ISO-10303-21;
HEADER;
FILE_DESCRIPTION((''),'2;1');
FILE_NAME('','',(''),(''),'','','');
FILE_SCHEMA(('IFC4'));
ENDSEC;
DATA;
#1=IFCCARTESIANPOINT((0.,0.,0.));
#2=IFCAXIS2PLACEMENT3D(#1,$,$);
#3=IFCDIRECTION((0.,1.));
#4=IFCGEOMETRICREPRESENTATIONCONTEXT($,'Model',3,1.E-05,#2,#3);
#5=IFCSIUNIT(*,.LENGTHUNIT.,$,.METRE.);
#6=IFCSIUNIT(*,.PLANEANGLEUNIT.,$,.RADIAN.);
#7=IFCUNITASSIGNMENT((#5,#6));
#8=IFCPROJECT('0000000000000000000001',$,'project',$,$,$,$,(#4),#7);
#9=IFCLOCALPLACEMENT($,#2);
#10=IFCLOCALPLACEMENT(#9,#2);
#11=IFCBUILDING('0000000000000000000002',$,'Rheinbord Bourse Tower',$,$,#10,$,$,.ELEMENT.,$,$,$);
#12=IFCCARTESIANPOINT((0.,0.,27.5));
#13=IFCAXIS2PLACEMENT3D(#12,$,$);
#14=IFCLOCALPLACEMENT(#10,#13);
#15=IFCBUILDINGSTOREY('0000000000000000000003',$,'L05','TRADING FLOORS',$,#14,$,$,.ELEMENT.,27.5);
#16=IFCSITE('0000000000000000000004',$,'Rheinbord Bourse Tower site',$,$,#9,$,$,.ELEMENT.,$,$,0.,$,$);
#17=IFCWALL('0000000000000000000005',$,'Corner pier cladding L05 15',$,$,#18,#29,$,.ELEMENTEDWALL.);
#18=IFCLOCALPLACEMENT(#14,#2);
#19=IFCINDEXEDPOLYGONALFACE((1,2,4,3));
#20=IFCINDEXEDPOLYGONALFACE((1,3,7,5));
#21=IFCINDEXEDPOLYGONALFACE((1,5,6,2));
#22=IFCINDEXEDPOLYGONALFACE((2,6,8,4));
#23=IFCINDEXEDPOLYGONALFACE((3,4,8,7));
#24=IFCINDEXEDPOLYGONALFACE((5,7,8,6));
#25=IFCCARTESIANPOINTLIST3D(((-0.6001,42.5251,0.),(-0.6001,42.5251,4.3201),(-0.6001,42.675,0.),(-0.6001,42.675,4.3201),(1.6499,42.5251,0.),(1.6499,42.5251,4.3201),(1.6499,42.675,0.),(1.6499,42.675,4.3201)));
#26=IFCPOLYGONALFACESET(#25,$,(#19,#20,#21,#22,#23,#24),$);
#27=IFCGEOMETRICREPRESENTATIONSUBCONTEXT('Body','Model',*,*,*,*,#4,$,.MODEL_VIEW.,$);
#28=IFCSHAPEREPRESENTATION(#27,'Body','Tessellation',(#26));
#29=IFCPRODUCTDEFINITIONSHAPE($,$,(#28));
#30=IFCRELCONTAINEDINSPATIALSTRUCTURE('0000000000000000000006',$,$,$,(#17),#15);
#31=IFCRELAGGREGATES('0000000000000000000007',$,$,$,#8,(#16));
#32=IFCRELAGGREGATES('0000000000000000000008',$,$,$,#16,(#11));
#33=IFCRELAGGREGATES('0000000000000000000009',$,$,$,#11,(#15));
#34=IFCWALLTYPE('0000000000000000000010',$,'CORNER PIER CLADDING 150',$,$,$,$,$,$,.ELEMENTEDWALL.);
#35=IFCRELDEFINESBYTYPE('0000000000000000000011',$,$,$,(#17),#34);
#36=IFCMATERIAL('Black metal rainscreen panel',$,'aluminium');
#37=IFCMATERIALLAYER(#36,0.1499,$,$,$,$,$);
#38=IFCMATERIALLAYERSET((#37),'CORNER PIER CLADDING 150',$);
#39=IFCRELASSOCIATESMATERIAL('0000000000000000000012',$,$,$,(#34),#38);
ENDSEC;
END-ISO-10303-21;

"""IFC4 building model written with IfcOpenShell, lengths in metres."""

from ifc_helpers import new_model, si_unit, direction, frame, frame_2d, origin, place, context, subcontext, project, spatial, rectangle, extrude, material, layer, layer_set, type_object, element, save


model = new_model("IFC4")

# Units and contexts
model_context = context("Model", 3, precision=1e-05, world=origin(), true_north=direction((0.0, 1.0)))
body_context = subcontext(model_context, "Body", "Model", "MODEL_VIEW")
ifc_project = project(units=[si_unit("LENGTHUNIT", "METRE"), si_unit("PLANEANGLEUNIT", "RADIAN")], contexts=[model_context])

# Site, building, storey
site_placement = place(None, origin())
site = spatial("IfcSite", under=ifc_project, at=site_placement, Name="Rheinbord Bourse Tower site", CompositionType="ELEMENT", RefElevation=0.0)
building_placement = place(site_placement, origin())
building = spatial("IfcBuilding", under=site, at=building_placement, Name="Rheinbord Bourse Tower", CompositionType="ELEMENT")
storey_placement = place(building_placement, frame((0.0, 0.0, 27.5)))
storey = spatial("IfcBuildingStorey", under=building, at=storey_placement, Name="L05", Description="TRADING FLOORS", CompositionType="ELEMENT", Elevation=27.5)

# Wall
ifc_material_1 = material(Name="Black metal rainscreen panel", Category="aluminium")
ifc_layer_1 = layer(ifc_material_1, 0.1499)
ifc_layer_set_1 = layer_set([ifc_layer_1], Name="CORNER PIER CLADDING 150")
wall_type = type_object("IfcWallType", Name="CORNER PIER CLADDING 150", PredefinedType="ELEMENTEDWALL", material=ifc_layer_set_1)
wall_1_placement = place(storey_placement, frame((1.6499, 42.6001, 0.0), z_axis=(0.0, 0.0, 1.0), x_axis=(-1.0, 0.0, 0.0)))
element("IfcWall", 1, at=wall_1_placement, inside=storey, type_object=wall_type, Name="Corner pier cladding L05 15", PredefinedType="ELEMENTEDWALL", context=body_context, shape_type="SweptSolid", body=[
    extrude(rectangle(XDim=2.25, YDim=0.1499, at=frame_2d((1.125, 0.0))), origin(), (0.0, 0.0, 1.0), 4.3201),
])

save(model, "model.ifc")
